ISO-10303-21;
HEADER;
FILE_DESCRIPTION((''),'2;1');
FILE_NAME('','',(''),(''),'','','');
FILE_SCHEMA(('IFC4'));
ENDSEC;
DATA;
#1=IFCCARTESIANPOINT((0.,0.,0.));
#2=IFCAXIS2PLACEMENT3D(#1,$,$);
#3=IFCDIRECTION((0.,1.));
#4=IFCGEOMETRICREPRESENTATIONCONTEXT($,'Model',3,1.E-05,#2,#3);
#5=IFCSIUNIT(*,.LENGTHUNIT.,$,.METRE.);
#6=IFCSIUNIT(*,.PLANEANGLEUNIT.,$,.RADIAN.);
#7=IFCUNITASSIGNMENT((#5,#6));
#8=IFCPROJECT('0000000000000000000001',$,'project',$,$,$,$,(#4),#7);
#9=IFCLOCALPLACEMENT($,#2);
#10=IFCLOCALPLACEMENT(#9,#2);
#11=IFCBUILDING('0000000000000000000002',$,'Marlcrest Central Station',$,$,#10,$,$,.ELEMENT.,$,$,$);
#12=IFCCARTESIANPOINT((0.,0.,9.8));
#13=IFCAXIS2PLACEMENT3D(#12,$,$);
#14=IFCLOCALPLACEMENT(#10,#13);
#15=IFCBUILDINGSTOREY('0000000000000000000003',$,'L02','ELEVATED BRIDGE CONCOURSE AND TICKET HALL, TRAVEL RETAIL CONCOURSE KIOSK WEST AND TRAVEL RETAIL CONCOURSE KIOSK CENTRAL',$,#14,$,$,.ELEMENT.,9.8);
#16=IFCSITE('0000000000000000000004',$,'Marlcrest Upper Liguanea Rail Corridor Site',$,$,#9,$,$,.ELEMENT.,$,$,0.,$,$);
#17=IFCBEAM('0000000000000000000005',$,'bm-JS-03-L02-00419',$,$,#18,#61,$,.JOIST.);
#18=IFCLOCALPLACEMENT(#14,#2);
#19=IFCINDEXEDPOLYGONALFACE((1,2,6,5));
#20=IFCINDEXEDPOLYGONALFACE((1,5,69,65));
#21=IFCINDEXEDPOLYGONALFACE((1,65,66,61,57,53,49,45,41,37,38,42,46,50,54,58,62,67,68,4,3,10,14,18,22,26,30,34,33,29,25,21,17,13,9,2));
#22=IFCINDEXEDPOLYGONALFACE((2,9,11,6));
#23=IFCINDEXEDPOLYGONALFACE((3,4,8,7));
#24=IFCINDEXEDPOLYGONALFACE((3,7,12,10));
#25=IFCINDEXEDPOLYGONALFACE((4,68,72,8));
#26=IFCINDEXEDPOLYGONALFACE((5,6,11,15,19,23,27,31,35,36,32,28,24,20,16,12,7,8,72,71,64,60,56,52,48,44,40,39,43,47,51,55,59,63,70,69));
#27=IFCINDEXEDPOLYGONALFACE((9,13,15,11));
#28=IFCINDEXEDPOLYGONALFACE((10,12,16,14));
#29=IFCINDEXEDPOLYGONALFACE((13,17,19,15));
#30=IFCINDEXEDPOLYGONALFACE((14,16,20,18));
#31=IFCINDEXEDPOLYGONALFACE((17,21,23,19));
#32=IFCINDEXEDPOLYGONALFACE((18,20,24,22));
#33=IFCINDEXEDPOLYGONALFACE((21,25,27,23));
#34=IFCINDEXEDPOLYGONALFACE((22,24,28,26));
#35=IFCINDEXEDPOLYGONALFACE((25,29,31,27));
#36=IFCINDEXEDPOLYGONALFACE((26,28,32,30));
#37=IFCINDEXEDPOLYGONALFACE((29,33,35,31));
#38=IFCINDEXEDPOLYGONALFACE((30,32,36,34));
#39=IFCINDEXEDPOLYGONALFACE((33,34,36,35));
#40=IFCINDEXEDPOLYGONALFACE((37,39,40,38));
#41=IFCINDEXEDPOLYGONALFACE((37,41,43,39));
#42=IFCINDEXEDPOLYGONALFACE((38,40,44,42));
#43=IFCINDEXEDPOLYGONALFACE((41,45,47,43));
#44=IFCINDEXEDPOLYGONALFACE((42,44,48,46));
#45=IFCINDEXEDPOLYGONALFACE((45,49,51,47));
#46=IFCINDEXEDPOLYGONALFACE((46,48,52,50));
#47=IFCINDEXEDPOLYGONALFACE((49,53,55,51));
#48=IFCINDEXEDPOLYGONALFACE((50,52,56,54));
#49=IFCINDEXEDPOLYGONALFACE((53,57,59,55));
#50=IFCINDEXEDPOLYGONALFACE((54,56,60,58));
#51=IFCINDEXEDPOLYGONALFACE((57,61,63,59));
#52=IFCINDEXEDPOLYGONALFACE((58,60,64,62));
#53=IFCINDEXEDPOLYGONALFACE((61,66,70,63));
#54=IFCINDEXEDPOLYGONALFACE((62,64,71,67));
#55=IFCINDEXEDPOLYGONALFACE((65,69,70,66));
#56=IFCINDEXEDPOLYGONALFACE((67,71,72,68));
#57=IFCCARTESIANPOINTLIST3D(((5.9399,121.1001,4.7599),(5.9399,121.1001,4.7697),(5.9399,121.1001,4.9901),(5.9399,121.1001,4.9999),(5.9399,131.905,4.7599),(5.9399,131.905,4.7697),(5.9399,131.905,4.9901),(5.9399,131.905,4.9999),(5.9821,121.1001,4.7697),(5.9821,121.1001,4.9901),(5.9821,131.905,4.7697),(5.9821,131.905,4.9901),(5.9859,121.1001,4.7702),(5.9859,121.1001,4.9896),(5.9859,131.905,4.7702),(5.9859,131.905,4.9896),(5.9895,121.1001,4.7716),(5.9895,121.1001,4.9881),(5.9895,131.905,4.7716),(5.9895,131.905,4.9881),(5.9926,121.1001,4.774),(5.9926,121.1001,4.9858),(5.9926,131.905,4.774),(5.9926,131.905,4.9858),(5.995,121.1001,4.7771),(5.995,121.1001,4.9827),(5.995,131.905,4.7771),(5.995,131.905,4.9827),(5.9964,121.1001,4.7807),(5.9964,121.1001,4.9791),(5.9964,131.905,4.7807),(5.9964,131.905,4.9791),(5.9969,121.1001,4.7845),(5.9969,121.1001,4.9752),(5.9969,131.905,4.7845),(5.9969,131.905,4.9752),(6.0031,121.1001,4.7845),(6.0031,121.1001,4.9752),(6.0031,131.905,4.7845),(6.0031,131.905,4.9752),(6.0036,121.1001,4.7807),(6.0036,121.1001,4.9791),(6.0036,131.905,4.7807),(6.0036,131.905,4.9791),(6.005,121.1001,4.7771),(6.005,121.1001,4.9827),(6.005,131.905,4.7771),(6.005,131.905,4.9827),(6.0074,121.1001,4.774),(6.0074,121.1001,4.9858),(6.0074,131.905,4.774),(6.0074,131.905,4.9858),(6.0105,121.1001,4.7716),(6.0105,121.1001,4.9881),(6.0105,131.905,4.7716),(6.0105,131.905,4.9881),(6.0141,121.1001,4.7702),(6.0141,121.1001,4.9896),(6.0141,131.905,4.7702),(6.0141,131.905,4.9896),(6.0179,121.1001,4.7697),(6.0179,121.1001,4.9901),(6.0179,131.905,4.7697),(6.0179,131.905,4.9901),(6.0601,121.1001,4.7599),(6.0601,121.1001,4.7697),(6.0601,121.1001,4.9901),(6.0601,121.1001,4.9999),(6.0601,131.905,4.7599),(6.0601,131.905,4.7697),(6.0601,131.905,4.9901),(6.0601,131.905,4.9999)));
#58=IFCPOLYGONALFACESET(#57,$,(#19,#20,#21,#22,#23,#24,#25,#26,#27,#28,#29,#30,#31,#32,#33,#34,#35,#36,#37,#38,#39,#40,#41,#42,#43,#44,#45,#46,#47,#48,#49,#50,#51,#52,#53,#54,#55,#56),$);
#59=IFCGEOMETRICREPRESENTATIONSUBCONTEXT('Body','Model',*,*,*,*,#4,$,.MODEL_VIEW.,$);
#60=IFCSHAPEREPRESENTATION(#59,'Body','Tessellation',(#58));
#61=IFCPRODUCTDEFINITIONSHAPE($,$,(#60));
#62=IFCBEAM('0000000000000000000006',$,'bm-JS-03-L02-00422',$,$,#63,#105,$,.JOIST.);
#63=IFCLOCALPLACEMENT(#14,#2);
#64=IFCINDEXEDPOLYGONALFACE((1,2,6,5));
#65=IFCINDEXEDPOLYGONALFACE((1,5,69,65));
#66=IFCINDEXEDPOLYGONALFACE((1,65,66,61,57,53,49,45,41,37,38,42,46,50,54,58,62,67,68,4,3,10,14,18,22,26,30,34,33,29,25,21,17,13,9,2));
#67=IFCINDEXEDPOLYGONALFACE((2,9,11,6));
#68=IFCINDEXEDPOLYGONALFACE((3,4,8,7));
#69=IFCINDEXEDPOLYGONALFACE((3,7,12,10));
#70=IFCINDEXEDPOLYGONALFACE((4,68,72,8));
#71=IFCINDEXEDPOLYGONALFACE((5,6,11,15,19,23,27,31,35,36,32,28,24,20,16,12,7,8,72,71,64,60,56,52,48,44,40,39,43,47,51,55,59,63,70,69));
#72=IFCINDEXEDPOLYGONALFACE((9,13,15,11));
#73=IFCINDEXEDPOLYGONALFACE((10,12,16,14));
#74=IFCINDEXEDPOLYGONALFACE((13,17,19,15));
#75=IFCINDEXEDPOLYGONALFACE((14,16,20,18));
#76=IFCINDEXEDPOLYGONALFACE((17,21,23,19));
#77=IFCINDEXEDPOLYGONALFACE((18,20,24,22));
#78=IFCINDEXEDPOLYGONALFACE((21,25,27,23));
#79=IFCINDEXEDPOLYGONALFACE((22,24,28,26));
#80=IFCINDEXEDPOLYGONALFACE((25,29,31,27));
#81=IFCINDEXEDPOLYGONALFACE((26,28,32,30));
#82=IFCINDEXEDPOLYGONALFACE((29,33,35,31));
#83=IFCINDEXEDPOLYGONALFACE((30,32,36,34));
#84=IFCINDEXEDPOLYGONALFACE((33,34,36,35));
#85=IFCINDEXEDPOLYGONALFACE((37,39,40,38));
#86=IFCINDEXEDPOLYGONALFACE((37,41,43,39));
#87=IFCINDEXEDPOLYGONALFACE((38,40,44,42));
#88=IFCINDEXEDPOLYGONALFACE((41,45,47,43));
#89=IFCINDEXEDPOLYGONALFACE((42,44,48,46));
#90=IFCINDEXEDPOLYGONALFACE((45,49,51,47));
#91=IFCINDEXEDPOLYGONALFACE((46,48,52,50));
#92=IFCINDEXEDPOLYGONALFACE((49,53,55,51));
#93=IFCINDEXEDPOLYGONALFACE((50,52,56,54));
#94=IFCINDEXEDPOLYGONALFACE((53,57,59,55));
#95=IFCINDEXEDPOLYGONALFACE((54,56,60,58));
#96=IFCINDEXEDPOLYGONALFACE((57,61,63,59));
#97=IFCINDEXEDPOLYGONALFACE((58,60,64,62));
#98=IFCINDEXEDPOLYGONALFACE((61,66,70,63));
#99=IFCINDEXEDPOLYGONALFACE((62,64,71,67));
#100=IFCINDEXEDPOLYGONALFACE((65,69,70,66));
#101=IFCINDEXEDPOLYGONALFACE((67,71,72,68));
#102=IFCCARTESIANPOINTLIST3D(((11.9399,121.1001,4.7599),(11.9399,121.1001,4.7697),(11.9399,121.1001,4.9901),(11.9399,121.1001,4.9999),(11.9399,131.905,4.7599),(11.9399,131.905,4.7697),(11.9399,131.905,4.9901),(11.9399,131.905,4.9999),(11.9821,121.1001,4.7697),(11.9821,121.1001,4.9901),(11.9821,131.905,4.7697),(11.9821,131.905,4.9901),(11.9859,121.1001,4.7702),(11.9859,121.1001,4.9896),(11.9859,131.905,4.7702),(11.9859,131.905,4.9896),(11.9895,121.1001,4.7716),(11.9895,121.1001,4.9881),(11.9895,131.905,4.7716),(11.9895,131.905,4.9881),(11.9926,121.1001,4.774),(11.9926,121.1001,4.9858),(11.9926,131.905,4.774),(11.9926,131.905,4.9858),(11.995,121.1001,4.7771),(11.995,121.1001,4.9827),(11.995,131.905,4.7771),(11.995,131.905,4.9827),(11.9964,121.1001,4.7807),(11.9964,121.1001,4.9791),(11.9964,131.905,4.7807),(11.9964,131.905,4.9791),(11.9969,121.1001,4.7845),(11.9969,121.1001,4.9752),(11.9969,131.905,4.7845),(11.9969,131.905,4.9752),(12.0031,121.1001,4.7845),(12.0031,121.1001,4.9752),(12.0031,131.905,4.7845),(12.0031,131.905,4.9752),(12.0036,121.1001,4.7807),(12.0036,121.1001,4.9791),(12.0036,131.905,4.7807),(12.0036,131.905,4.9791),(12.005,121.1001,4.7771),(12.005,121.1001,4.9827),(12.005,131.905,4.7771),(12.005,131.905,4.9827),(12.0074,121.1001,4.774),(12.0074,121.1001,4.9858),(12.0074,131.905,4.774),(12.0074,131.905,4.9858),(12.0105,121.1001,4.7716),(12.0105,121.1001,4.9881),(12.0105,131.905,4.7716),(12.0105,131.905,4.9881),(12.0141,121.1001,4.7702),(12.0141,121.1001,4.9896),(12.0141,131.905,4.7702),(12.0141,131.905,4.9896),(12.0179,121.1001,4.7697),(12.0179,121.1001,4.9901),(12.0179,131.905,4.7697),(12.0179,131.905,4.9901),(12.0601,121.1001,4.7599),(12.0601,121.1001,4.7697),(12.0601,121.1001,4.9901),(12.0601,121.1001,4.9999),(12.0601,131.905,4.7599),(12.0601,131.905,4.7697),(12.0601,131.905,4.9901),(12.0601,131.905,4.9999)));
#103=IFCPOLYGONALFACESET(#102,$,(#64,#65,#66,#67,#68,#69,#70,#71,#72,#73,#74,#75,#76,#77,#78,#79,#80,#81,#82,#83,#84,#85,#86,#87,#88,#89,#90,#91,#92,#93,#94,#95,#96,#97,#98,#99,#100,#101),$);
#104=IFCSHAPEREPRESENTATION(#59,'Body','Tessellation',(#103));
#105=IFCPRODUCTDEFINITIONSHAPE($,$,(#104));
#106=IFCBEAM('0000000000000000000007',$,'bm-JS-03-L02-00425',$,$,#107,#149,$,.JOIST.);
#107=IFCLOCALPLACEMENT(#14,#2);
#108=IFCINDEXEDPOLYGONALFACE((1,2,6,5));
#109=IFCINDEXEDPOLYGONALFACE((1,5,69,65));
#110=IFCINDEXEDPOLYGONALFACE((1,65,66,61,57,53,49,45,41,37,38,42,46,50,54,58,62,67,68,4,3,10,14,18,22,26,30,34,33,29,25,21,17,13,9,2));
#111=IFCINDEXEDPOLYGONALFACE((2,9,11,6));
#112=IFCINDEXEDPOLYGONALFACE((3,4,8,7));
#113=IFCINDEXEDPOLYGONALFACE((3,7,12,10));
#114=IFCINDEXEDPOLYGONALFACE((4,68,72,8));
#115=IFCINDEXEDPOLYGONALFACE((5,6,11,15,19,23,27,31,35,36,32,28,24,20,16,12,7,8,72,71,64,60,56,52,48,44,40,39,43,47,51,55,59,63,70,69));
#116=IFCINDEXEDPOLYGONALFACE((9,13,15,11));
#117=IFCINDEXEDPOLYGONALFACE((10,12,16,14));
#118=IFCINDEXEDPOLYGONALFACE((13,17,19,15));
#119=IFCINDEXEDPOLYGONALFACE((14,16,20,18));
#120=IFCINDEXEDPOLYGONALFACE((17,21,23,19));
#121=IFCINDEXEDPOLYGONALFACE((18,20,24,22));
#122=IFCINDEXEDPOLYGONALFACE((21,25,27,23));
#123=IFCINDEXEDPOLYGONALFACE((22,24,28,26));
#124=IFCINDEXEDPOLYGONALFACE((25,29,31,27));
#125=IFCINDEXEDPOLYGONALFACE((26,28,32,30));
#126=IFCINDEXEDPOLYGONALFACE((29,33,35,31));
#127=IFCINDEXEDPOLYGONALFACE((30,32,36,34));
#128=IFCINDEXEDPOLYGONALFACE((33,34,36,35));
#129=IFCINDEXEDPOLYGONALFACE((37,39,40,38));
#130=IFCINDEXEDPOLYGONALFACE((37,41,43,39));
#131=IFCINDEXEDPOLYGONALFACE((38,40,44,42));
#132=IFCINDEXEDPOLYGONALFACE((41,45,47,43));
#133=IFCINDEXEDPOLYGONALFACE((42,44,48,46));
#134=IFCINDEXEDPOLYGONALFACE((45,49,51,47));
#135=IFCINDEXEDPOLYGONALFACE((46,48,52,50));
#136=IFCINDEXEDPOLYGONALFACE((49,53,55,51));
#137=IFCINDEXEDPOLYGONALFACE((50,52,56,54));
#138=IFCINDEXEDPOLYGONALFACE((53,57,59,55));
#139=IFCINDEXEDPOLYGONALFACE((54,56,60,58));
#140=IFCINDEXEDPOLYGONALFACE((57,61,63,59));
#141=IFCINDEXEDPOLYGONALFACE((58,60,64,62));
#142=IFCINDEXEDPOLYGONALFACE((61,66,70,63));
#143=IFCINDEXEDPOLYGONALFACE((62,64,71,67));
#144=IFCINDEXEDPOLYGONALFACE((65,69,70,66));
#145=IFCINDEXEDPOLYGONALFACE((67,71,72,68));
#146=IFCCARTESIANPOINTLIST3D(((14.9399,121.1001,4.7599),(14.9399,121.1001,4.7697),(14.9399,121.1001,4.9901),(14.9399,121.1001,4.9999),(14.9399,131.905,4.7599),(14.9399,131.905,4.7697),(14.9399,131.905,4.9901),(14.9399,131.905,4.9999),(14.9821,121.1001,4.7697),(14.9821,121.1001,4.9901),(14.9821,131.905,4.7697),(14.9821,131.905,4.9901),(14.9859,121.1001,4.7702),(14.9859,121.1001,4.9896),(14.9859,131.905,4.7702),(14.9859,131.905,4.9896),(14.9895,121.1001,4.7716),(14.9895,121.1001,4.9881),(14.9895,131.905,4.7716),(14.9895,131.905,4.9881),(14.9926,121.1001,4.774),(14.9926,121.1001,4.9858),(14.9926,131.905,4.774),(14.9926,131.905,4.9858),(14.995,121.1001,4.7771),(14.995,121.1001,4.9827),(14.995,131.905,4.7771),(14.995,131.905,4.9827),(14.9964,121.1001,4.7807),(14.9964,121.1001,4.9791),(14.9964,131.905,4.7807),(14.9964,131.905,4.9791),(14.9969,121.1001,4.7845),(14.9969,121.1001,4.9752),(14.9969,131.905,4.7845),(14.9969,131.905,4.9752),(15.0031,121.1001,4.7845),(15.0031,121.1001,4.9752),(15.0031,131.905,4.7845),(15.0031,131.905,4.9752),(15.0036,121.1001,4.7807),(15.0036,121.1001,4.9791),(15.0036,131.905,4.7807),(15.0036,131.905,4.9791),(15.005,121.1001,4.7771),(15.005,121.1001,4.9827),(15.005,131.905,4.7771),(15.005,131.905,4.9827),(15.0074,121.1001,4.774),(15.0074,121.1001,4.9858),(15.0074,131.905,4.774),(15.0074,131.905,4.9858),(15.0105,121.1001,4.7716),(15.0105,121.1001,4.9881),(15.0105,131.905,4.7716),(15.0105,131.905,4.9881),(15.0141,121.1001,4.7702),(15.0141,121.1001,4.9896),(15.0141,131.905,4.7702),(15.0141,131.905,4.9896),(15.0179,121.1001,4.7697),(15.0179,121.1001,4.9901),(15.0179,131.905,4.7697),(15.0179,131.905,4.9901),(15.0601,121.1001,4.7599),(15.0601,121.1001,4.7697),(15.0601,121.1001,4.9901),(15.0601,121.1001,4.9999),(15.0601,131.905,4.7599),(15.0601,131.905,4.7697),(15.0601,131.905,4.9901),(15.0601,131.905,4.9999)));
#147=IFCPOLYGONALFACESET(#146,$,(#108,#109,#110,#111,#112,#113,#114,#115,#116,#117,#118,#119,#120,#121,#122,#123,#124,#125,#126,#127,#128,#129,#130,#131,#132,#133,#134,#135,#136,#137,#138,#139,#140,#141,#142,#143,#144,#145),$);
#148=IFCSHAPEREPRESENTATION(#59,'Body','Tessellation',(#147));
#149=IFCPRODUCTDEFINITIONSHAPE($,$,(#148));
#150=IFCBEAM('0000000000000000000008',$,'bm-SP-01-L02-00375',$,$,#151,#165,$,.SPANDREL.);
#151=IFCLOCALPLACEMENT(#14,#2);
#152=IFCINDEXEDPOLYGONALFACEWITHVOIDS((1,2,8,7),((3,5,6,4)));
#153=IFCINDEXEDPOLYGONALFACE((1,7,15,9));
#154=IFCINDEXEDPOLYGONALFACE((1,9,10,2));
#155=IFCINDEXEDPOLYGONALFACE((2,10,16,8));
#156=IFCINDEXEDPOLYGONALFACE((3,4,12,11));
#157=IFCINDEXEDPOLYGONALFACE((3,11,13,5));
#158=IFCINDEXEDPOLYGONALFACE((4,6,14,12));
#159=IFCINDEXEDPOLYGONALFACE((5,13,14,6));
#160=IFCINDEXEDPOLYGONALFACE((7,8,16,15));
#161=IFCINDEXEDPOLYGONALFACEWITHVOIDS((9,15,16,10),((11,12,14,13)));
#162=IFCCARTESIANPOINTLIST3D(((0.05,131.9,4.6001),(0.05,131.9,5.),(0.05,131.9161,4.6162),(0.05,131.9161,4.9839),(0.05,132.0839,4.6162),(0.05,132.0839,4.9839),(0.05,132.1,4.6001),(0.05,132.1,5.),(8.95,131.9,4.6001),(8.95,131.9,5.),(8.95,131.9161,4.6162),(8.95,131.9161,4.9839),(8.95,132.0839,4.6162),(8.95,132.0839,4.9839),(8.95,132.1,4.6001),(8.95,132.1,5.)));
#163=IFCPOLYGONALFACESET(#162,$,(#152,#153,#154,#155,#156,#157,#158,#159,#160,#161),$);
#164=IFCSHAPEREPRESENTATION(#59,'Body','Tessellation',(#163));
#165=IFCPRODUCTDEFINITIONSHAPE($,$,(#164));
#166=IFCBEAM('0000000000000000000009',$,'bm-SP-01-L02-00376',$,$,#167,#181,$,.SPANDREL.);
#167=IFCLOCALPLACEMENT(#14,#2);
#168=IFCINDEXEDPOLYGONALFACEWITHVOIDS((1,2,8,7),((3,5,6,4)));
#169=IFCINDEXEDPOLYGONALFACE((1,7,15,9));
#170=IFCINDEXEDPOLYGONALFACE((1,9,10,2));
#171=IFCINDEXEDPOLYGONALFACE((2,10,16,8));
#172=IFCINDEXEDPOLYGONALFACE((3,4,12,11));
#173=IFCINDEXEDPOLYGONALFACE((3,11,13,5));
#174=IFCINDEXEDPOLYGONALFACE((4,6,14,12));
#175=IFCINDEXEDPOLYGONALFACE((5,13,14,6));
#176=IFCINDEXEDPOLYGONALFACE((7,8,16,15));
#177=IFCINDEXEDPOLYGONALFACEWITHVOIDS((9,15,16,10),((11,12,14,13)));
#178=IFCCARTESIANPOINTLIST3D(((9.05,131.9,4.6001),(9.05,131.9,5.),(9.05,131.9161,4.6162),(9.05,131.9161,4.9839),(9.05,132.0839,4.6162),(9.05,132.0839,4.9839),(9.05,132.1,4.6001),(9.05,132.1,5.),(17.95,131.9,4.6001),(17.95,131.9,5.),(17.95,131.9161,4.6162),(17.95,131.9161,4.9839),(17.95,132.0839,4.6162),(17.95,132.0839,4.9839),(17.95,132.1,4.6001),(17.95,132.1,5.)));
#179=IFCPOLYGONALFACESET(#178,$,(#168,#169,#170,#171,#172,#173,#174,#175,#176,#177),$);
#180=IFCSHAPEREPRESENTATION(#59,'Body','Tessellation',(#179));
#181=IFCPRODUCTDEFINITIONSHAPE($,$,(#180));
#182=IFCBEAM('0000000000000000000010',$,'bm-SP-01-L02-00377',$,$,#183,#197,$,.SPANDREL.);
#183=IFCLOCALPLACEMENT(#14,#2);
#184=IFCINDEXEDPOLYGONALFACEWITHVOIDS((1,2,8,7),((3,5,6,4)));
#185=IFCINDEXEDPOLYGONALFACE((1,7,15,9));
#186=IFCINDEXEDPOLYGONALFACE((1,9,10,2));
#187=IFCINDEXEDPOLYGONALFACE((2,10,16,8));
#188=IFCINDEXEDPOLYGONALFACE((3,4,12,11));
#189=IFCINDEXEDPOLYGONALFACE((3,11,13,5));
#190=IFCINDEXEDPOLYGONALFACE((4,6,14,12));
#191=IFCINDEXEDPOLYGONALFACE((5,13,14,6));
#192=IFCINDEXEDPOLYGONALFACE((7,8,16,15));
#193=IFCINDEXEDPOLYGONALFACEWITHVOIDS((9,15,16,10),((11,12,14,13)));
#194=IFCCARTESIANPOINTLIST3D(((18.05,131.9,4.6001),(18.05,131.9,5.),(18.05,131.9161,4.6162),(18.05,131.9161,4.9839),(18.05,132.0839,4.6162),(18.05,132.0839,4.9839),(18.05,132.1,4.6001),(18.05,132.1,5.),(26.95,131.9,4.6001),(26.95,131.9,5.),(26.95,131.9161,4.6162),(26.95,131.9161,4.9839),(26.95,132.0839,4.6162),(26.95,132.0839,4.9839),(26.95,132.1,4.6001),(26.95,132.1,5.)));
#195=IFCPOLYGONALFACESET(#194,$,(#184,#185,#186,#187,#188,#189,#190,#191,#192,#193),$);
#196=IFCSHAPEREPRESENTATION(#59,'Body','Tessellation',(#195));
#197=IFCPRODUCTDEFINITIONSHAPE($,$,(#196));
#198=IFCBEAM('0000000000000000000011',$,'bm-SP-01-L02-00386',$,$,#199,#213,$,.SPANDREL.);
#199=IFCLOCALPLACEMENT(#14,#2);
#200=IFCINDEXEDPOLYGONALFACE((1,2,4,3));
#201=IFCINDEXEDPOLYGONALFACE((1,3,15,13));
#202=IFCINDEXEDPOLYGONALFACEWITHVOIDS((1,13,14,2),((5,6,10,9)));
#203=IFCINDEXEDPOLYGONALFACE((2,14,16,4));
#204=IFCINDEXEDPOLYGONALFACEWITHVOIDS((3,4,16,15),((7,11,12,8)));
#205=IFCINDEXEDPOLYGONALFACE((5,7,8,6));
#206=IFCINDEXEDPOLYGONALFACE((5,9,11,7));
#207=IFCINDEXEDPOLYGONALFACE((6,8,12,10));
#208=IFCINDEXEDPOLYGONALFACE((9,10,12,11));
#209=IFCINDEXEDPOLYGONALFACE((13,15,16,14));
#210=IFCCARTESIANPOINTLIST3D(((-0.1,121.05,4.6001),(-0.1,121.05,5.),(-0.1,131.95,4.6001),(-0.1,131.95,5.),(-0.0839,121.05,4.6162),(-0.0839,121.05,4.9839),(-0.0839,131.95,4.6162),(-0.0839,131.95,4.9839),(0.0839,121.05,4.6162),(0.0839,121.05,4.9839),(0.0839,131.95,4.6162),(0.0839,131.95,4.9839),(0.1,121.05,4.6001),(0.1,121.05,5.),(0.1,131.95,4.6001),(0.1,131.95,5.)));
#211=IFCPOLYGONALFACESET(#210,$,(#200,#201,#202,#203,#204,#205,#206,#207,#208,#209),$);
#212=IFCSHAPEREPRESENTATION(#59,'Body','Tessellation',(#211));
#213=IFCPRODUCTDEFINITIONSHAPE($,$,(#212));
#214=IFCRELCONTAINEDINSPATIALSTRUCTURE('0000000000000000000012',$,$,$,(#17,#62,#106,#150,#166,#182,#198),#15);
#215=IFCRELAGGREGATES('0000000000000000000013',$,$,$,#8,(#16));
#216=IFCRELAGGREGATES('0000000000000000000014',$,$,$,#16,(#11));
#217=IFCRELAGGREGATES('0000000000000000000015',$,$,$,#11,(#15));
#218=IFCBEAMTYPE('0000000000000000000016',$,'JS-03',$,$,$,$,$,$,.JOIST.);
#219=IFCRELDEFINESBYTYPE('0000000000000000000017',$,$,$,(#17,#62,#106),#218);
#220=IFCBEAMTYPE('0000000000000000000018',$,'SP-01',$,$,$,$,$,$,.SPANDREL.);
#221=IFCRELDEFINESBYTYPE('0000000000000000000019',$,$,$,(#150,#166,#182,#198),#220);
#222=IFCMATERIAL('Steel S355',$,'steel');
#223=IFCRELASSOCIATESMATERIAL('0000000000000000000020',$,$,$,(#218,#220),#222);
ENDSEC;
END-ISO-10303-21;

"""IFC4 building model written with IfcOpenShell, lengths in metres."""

from ifc_helpers import new_model, si_unit, direction, frame, origin, origin_2d, place, context, subcontext, project, spatial, hollow_rectangle, i_section, extrude, material, material_profile, profile_set, type_object, element, save


model = new_model("IFC4")

# Units and contexts
model_context = context("Model", 3, precision=1e-05, world=origin(), true_north=direction((0.0, 1.0)))
body_context = subcontext(model_context, "Body", "Model", "MODEL_VIEW")
ifc_project = project(units=[si_unit("LENGTHUNIT", "METRE"), si_unit("PLANEANGLEUNIT", "RADIAN")], contexts=[model_context])

# Site, building, storey
site_placement = place(None, origin())
site = spatial("IfcSite", under=ifc_project, at=site_placement, Name="Marlcrest Upper Liguanea Rail Corridor Site", CompositionType="ELEMENT", RefElevation=0.0)
building_placement = place(site_placement, origin())
building = spatial("IfcBuilding", under=site, at=building_placement, Name="Marlcrest Central Station", CompositionType="ELEMENT")
storey_placement = place(building_placement, frame((0.0, 0.0, 9.8)))
storey = spatial("IfcBuildingStorey", under=building, at=storey_placement, Name="L02", Description="ELEVATED BRIDGE CONCOURSE AND TICKET HALL, TRAVEL RETAIL CONCOURSE KIOSK WEST AND TRAVEL RETAIL CONCOURSE KIOSK CENTRAL", CompositionType="ELEMENT", Elevation=9.8)

# Shared definitions
ifc_material_1 = material(Name="Steel S355", Category="steel")

# Beams
ifc_material_profile_1 = material_profile(ifc_material_1, i_section(OverallWidth=0.1201, OverallDepth=0.24, WebThickness=0.0061, FlangeThickness=0.0098, FilletRadius=0.0149, at=origin_2d()), Name="IPE 240")
ifc_profile_set_1 = profile_set([ifc_material_profile_1], Name="Steel S355")
beam_type_1 = type_object("IfcBeamType", Name="JS-03", PredefinedType="JOIST", material=ifc_profile_set_1)
for number, where, z_axis, x_axis, name in (
    (1, (6.0, 121.1001, 4.8799), (0.0, 1.0, 0.0), (-1.0, 0.0, 0.0), "bm-JS-03-L02-00419"),
    (2, (12.0, 121.1001, 4.8799), (0.0, 1.0, 0.0), (-1.0, 0.0, 0.0), "bm-JS-03-L02-00422"),
    (3, (15.0, 121.1001, 4.8799), (0.0, 1.0, 0.0), (-1.0, 0.0, 0.0), "bm-JS-03-L02-00425"),
):
    element("IfcBeam", number, at=place(storey_placement, frame(where, z_axis=z_axis, x_axis=x_axis)), inside=storey, type_object=beam_type_1, Name=name, PredefinedType="JOIST", context=body_context, shape_type="SweptSolid", body=[
        extrude(i_section(OverallWidth=0.1201, OverallDepth=0.24, WebThickness=0.0061, FlangeThickness=0.0098, FilletRadius=0.0149, at=origin_2d()), origin(), (0.0, 0.0, 1.0), 10.8049),
    ])
ifc_material_profile_2 = material_profile(ifc_material_1, hollow_rectangle(XDim=0.2, YDim=0.3999, WallThickness=0.0161, at=origin_2d()), Name="RHS 400x200x16")
ifc_profile_set_2 = profile_set([ifc_material_profile_2], Name="Steel S355")
beam_type_2 = type_object("IfcBeamType", Name="SP-01", PredefinedType="SPANDREL", material=ifc_profile_set_2)
for number, where, z_axis, x_axis, name in (
    (4, (0.05, 132.0, 4.8), (1.0, 0.0, 0.0), (0.0, 1.0, 0.0), "bm-SP-01-L02-00375"),
    (5, (9.05, 132.0, 4.8), (1.0, 0.0, 0.0), (0.0, 1.0, 0.0), "bm-SP-01-L02-00376"),
    (6, (18.05, 132.0, 4.8), (1.0, 0.0, 0.0), (0.0, 1.0, 0.0), "bm-SP-01-L02-00377"),
):
    element("IfcBeam", number, at=place(storey_placement, frame(where, z_axis=z_axis, x_axis=x_axis)), inside=storey, type_object=beam_type_2, Name=name, PredefinedType="SPANDREL", context=body_context, shape_type="SweptSolid", body=[
        extrude(hollow_rectangle(XDim=0.2, YDim=0.3999, WallThickness=0.0161, at=origin_2d()), origin(), (0.0, 0.0, 1.0), 8.8999),
    ])
beam_placement = place(storey_placement, frame((0.0, 121.05, 4.8), z_axis=(0.0, 1.0, 0.0), x_axis=(-1.0, 0.0, 0.0)))
element("IfcBeam", 7, at=beam_placement, inside=storey, type_object=beam_type_2, Name="bm-SP-01-L02-00386", PredefinedType="SPANDREL", context=body_context, shape_type="SweptSolid", body=[
    extrude(hollow_rectangle(XDim=0.2, YDim=0.3999, WallThickness=0.0161, at=origin_2d()), origin(), (0.0, 0.0, 1.0), 10.8999),
])

save(model, "model.ifc")
